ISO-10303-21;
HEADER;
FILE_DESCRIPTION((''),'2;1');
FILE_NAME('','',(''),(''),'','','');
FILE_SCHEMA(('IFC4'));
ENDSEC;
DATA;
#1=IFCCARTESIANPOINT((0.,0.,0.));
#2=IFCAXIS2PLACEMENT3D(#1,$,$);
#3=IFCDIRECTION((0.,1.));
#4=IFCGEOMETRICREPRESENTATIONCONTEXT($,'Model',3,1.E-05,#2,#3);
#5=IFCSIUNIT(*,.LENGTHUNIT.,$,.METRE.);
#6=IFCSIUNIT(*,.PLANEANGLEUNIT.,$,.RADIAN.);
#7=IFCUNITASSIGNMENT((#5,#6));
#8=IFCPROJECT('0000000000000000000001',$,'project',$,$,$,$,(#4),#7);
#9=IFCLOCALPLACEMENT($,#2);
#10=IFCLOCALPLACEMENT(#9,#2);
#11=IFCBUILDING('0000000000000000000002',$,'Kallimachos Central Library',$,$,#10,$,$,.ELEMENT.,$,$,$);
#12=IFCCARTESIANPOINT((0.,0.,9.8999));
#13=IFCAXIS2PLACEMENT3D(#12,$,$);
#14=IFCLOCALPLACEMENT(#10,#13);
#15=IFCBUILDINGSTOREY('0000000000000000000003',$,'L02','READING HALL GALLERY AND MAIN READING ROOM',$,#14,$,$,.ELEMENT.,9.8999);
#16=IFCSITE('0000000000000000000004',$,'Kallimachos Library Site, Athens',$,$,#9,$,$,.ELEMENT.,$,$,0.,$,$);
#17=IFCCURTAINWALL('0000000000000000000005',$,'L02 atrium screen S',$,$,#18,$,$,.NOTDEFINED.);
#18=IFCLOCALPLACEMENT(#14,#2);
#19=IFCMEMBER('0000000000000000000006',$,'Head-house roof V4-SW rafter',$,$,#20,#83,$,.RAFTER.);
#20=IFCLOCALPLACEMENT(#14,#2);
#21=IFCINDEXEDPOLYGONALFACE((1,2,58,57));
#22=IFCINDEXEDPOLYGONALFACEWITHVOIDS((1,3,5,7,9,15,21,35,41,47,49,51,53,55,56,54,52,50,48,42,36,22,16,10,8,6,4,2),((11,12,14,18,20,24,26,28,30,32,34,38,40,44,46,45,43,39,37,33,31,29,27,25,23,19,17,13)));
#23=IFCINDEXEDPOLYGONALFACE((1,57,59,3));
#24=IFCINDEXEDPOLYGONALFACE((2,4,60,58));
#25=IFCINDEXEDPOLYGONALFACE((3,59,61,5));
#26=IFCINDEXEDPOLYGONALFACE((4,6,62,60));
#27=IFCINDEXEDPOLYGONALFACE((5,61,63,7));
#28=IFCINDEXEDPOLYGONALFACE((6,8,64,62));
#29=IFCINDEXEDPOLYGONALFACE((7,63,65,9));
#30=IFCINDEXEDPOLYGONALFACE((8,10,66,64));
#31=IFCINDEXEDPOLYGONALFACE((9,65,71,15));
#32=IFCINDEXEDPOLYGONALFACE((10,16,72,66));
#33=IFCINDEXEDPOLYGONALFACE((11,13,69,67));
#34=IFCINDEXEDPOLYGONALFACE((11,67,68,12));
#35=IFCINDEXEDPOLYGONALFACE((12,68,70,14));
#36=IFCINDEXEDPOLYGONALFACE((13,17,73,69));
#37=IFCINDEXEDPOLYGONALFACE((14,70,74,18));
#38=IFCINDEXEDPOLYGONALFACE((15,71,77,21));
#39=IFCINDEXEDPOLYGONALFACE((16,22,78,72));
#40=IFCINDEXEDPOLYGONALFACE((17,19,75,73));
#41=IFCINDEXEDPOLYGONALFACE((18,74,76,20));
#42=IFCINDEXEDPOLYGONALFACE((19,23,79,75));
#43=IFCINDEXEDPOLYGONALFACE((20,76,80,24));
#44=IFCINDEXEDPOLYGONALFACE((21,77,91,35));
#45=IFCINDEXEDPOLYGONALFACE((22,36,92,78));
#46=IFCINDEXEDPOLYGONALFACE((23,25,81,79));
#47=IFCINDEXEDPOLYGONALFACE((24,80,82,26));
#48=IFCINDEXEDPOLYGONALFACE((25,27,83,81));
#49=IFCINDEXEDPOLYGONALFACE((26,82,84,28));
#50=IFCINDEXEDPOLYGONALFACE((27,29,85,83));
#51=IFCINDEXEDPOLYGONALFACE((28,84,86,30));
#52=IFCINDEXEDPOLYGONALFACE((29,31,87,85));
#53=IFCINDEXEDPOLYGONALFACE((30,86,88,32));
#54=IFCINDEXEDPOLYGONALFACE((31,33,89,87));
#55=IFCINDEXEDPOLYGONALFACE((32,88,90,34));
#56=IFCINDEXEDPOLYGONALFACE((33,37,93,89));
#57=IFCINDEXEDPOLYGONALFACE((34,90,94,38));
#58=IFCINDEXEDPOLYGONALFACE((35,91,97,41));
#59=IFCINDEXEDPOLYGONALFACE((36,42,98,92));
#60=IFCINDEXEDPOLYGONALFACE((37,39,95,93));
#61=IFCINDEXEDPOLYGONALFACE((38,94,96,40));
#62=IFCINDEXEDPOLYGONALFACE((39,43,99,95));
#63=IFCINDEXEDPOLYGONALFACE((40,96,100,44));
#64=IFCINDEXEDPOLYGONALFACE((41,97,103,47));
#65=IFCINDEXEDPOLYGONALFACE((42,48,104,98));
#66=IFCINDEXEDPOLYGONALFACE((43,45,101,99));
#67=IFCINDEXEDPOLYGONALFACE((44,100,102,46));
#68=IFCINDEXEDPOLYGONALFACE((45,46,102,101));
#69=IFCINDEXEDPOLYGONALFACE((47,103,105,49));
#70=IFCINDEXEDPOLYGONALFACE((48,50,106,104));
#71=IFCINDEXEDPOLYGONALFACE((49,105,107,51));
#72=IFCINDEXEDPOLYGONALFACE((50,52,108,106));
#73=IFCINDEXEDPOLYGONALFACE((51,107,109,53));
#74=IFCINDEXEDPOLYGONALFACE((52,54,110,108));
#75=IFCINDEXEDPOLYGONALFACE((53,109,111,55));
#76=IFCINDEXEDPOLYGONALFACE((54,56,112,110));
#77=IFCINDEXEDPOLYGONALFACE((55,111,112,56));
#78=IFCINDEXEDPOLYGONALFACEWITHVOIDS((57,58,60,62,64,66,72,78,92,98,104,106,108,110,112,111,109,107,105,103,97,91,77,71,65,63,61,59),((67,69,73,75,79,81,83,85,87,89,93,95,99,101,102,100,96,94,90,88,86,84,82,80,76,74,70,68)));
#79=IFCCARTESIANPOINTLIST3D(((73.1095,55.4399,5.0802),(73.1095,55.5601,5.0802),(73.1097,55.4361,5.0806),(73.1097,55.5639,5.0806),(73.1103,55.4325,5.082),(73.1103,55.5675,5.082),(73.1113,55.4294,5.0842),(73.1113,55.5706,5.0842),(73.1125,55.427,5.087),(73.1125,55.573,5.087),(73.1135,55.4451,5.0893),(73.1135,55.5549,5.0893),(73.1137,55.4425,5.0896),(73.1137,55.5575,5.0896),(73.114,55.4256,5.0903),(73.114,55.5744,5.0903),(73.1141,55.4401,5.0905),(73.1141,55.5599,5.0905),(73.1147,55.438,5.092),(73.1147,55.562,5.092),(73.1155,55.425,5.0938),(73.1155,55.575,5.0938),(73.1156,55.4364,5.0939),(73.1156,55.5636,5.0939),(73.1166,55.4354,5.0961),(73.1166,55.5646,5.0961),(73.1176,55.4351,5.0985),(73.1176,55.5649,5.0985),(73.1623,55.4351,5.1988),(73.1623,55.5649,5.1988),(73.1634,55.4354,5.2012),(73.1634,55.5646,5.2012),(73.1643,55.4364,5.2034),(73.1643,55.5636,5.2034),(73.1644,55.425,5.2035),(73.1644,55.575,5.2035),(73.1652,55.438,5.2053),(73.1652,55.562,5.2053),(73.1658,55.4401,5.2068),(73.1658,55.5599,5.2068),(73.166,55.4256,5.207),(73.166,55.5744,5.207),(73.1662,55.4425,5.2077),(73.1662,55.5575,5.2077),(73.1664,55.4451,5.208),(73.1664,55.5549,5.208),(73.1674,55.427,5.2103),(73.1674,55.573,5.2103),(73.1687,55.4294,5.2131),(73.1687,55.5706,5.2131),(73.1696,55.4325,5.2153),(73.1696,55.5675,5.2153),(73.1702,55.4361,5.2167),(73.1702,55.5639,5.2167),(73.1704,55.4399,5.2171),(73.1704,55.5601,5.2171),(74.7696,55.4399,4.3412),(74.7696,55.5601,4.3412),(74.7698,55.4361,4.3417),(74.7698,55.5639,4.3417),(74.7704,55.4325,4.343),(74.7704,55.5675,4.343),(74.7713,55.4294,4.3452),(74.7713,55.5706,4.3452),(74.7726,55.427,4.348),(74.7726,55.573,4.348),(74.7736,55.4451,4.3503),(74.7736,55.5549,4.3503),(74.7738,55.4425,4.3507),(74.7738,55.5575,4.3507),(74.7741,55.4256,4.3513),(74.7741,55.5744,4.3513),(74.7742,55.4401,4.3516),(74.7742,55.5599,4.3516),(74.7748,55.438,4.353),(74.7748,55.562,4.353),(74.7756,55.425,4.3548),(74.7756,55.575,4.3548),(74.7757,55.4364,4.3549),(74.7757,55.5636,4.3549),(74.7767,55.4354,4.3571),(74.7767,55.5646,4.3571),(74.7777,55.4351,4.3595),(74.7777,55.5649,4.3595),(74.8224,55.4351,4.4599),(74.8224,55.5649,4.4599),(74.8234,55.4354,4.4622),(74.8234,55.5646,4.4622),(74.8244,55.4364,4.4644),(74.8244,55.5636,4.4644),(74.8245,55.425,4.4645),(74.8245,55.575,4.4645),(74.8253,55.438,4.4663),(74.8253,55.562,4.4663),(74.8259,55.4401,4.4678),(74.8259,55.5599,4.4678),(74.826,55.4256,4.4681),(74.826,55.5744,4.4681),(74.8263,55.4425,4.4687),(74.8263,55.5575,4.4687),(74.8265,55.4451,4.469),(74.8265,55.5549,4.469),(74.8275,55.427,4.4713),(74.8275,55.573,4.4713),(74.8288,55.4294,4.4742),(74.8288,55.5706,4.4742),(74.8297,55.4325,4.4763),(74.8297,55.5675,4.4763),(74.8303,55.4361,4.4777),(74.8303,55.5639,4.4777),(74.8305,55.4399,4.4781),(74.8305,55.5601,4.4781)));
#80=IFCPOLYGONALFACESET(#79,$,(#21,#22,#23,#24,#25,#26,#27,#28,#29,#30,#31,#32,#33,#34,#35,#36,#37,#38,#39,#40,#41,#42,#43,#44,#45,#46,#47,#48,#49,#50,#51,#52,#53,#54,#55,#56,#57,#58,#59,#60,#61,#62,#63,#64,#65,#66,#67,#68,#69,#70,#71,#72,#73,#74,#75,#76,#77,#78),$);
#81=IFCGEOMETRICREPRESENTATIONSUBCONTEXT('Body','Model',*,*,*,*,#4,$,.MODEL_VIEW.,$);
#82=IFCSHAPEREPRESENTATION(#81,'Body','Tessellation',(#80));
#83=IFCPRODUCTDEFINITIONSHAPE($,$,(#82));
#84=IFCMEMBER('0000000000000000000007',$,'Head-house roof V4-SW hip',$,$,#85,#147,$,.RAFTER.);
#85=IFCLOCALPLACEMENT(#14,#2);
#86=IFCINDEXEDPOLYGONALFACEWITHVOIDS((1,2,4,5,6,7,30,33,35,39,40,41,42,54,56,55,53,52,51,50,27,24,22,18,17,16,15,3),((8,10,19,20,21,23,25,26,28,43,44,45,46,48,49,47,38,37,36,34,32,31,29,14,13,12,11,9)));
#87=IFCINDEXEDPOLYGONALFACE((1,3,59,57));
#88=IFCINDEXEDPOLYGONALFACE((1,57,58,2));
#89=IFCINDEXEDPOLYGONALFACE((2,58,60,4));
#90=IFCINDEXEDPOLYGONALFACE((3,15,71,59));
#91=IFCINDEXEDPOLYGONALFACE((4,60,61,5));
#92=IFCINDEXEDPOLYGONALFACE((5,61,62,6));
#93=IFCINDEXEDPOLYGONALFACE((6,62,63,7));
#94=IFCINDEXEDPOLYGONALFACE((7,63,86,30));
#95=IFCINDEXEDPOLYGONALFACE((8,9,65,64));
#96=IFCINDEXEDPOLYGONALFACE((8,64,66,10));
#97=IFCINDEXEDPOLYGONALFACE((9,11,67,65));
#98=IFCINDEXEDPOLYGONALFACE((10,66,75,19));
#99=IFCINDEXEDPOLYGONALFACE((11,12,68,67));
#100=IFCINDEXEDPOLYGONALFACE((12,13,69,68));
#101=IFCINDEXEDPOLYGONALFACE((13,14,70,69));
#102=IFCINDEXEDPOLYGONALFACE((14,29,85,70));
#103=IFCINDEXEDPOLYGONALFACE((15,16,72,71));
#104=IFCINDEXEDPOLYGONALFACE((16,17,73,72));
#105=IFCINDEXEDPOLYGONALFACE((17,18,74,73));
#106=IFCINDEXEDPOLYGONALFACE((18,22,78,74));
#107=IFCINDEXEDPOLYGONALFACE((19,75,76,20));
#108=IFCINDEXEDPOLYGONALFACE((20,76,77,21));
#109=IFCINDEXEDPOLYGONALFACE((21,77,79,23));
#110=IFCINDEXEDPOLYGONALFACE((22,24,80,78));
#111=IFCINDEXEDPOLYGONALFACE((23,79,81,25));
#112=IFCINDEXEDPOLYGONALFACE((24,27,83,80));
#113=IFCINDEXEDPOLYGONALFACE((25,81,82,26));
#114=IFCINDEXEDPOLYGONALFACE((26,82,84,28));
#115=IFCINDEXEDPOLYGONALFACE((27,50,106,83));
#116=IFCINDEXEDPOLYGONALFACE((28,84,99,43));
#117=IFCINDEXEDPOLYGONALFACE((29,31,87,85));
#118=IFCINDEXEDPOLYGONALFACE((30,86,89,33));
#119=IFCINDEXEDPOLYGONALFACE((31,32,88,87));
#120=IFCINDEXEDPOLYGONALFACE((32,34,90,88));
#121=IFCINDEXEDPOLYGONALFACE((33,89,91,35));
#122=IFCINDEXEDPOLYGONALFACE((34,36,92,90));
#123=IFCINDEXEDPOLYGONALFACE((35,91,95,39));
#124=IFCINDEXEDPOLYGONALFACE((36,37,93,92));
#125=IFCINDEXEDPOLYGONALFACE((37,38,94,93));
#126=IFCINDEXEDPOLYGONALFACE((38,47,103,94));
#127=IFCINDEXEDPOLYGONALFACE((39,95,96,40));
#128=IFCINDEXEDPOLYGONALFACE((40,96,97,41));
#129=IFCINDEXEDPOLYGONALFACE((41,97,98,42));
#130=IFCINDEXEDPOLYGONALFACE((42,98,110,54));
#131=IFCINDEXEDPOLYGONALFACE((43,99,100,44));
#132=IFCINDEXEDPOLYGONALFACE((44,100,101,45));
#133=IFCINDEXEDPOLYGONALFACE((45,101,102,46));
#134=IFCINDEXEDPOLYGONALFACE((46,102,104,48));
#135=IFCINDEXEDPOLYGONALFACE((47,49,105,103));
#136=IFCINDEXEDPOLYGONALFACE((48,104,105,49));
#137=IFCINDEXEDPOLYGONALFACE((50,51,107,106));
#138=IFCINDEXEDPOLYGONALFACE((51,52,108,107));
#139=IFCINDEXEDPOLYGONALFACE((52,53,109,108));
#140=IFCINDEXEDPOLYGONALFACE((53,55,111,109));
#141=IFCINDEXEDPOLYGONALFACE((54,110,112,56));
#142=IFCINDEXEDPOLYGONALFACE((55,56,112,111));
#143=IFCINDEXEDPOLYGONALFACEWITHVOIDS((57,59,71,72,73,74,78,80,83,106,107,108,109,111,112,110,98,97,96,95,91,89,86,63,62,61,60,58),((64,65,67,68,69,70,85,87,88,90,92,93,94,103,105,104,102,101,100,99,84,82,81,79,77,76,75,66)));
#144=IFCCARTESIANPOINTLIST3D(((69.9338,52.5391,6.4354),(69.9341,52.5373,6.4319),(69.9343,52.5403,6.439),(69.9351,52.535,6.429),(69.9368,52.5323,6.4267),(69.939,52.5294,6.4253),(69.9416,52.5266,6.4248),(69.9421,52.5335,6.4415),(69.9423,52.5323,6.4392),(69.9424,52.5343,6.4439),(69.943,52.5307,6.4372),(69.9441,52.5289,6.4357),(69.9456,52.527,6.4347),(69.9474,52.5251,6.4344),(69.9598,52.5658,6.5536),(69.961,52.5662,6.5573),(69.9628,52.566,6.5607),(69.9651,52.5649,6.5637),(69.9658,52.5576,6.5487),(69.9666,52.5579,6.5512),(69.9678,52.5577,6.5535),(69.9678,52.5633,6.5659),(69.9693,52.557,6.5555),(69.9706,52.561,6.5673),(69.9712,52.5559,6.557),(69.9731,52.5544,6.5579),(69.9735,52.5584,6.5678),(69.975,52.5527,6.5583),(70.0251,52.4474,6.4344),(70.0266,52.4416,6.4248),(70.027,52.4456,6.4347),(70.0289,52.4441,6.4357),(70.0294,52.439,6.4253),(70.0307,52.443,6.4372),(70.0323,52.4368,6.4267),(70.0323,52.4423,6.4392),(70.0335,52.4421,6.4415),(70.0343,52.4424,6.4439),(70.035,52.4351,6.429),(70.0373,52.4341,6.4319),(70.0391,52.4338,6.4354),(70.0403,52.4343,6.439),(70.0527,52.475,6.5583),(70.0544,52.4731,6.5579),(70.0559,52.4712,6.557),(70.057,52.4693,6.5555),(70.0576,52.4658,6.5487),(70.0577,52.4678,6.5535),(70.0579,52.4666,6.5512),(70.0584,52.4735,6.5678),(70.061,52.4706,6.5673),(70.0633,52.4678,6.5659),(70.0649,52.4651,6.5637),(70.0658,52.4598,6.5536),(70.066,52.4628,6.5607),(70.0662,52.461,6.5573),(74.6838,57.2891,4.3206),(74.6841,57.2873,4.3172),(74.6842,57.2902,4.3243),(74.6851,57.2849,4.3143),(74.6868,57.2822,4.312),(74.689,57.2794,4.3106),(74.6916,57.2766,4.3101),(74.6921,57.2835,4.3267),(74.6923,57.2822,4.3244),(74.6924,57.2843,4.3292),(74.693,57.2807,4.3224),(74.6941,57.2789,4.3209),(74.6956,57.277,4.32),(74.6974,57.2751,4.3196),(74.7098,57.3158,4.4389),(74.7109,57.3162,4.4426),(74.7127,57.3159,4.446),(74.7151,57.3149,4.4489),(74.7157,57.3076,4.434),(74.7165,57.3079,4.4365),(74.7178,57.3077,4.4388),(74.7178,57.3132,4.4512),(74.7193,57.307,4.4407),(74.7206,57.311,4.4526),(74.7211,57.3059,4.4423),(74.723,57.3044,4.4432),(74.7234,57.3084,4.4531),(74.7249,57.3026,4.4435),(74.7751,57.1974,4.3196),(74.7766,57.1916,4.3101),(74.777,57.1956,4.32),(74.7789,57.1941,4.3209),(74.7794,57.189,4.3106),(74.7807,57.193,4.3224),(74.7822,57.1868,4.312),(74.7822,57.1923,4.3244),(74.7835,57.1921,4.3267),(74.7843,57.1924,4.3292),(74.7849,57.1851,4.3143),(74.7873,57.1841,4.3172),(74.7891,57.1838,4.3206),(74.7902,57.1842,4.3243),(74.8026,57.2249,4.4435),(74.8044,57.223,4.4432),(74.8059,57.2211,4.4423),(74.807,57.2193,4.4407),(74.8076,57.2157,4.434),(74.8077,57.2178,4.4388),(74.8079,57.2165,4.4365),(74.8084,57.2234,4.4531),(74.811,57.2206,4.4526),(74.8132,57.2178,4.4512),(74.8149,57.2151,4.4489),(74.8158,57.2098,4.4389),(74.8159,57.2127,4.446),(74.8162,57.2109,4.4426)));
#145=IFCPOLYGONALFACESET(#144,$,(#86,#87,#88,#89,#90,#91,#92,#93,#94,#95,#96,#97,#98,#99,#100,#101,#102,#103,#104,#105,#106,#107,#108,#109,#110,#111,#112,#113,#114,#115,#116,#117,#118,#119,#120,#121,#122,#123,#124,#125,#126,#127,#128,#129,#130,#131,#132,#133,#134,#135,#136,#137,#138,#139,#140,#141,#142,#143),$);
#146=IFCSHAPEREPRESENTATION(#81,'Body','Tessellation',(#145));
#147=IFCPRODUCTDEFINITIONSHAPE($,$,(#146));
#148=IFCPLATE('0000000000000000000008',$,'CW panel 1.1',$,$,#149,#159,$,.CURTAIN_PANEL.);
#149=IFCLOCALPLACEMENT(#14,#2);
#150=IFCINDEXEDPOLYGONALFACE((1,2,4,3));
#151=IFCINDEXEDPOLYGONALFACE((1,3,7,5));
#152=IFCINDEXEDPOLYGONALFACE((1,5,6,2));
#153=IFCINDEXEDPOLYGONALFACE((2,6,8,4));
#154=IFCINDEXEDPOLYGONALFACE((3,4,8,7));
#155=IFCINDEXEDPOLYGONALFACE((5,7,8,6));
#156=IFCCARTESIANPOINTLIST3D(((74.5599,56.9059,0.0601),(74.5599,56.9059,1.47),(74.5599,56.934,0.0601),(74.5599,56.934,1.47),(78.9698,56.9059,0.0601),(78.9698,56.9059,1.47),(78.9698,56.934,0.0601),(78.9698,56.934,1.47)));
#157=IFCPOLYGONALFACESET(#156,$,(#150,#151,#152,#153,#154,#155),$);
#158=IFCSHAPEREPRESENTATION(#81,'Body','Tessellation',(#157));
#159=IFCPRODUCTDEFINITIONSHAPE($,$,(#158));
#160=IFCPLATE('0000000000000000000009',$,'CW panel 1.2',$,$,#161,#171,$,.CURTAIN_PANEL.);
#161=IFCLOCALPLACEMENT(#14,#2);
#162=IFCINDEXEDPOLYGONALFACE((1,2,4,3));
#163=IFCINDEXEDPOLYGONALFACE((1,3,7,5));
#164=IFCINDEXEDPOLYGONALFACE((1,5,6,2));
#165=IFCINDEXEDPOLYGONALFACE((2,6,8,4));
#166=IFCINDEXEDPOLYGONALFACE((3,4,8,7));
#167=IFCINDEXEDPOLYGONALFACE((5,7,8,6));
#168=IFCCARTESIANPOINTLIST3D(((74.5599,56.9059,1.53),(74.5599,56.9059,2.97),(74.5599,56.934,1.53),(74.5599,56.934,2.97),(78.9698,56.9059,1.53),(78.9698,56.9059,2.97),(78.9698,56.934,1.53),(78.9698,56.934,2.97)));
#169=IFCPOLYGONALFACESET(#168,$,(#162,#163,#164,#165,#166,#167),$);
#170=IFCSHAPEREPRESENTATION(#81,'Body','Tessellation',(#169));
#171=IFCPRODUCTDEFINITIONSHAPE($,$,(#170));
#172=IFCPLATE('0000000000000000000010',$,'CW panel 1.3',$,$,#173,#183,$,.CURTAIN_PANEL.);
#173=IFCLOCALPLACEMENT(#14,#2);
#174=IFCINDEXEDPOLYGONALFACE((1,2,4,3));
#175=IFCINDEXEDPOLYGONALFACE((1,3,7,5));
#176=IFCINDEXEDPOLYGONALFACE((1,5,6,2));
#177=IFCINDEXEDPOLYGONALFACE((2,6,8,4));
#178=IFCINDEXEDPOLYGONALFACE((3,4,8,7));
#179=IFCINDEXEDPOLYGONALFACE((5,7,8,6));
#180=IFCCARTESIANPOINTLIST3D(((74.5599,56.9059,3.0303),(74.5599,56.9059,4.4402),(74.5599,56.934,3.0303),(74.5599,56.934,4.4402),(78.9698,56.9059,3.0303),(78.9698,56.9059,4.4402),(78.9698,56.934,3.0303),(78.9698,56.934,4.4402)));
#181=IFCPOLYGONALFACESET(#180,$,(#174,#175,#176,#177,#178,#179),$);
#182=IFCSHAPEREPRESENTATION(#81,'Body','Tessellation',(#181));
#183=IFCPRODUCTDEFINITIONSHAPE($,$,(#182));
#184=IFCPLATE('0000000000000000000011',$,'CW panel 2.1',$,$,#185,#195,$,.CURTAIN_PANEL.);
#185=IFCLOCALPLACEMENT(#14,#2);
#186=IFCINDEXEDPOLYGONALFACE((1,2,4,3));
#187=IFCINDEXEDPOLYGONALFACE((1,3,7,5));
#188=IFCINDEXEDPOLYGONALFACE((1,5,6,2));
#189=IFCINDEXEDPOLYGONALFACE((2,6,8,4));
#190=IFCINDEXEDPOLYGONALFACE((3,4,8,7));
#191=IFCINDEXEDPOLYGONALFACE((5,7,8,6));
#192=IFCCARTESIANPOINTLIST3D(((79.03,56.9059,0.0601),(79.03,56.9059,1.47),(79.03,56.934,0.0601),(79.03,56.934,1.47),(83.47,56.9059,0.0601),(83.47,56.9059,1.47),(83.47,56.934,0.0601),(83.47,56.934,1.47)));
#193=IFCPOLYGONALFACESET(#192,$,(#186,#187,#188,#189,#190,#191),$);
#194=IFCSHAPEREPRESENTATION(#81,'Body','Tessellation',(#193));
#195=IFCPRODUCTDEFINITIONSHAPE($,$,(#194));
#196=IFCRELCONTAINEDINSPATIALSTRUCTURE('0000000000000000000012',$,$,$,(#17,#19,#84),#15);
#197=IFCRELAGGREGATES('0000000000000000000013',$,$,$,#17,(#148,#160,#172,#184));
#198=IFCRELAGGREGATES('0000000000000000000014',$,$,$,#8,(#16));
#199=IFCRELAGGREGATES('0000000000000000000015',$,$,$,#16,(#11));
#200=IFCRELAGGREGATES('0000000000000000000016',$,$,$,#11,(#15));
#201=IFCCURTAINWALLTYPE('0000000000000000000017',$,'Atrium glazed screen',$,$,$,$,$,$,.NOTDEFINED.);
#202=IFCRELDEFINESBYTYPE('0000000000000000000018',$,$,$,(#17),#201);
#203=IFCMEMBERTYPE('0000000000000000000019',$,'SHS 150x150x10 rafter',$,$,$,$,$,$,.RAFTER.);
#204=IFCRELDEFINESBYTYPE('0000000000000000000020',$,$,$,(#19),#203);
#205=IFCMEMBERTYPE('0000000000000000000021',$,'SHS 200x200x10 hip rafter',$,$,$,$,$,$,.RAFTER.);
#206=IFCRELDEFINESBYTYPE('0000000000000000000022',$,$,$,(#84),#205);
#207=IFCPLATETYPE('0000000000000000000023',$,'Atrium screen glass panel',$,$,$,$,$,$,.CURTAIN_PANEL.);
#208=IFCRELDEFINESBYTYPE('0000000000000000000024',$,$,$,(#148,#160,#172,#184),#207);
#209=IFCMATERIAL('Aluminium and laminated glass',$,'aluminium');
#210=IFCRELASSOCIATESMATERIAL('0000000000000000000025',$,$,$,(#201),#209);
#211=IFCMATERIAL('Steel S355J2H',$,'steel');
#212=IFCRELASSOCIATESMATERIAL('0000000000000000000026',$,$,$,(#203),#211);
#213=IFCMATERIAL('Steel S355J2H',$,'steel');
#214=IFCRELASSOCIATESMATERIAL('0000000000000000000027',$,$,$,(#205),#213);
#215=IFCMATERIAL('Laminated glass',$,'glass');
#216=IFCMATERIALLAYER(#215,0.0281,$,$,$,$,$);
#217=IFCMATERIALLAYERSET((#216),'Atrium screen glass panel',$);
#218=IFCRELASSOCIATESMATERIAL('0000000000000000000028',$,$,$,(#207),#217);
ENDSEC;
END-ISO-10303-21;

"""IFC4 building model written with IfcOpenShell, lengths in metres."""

from ifc_helpers import new_model, si_unit, direction, frame, origin, origin_2d, place, context, subcontext, project, spatial, rectangle, hollow_rectangle, extrude, material, layer, layer_set, material_profile, profile_set, type_object, element, aggregate, save


model = new_model("IFC4")

# Units and contexts
model_context = context("Model", 3, precision=1e-05, world=origin(), true_north=direction((0.0, 1.0)))
body_context = subcontext(model_context, "Body", "Model", "MODEL_VIEW")
ifc_project = project(units=[si_unit("LENGTHUNIT", "METRE"), si_unit("PLANEANGLEUNIT", "RADIAN")], contexts=[model_context])

# Site, building, storey
site_placement = place(None, origin())
site = spatial("IfcSite", under=ifc_project, at=site_placement, Name="Kallimachos Library Site, Athens", CompositionType="ELEMENT", RefElevation=0.0)
building_placement = place(site_placement, origin())
building = spatial("IfcBuilding", under=site, at=building_placement, Name="Kallimachos Central Library", CompositionType="ELEMENT")
storey_placement = place(building_placement, frame((0.0, 0.0, 9.8999)))
storey = spatial("IfcBuildingStorey", under=building, at=storey_placement, Name="L02", Description="READING HALL GALLERY AND MAIN READING ROOM", CompositionType="ELEMENT", Elevation=9.8999)

# Curtain wall
ifc_material_1 = material(Name="Aluminium and laminated glass", Category="aluminium")
curtain_wall_type = type_object("IfcCurtainWallType", Name="Atrium glazed screen", PredefinedType="NOTDEFINED", material=ifc_material_1)
curtain_wall_placement = place(storey_placement, origin())
curtain_wall = element("IfcCurtainWall", 1, at=curtain_wall_placement, inside=storey, type_object=curtain_wall_type, Name="L02 atrium screen S", PredefinedType="NOTDEFINED")

# Members
ifc_material_2 = material(Name="Steel S355J2H", Category="steel")
ifc_material_profile_1 = material_profile(ifc_material_2, hollow_rectangle(XDim=0.1499, YDim=0.1499, WallThickness=0.01, InnerFilletRadius=0.01, OuterFilletRadius=0.0149, at=origin_2d()), Name="SHS 150x150x10")
ifc_profile_set_1 = profile_set([ifc_material_profile_1], Name="Steel S355J2H")
member_type_1 = type_object("IfcMemberType", Name="SHS 150x150x10 rafter", PredefinedType="RAFTER", material=ifc_profile_set_1)
member_1_placement = place(storey_placement, frame((74.8, 55.5, 4.4097), z_axis=(-0.913573, 0.0, 0.406674), x_axis=(0.0, -1.0, 0.0)))
element("IfcMember", 2, at=member_1_placement, inside=storey, type_object=member_type_1, Name="Head-house roof V4-SW rafter", PredefinedType="RAFTER", context=body_context, shape_type="SweptSolid", body=[
    extrude(hollow_rectangle(XDim=0.1499, YDim=0.1499, WallThickness=0.01, InnerFilletRadius=0.01, OuterFilletRadius=0.0149, at=origin_2d()), origin(), (0.0, 0.0, 1.0), 1.8171),
])
ifc_material_3 = material(Name="Steel S355J2H", Category="steel")
ifc_material_profile_2 = material_profile(ifc_material_3, hollow_rectangle(XDim=0.1499, YDim=0.1499, WallThickness=0.01, InnerFilletRadius=0.01, OuterFilletRadius=0.0149, at=origin_2d()), Name="SHS 150x150x10")
ifc_profile_set_2 = profile_set([ifc_material_profile_2], Name="Steel S355J2H")
member_type_2 = type_object("IfcMemberType", Name="SHS 200x200x10 hip rafter", PredefinedType="RAFTER", material=ifc_profile_set_2)
member_2_placement = place(storey_placement, frame((74.75, 57.25, 4.3816), z_axis=(-0.674474, -0.674474, 0.300282), x_axis=(0.707107, -0.707107, 0.0)))
element("IfcMember", 3, at=member_2_placement, inside=storey, type_object=member_type_2, Name="Head-house roof V4-SW hip", PredefinedType="RAFTER", context=body_context, shape_type="SweptSolid", body=[
    extrude(hollow_rectangle(XDim=0.1499, YDim=0.1499, WallThickness=0.01, InnerFilletRadius=0.01, OuterFilletRadius=0.0149, at=origin_2d()), origin(), (0.0, 0.0, 1.0), 7.0425),
])

# Plates
ifc_material_4 = material(Name="Laminated glass", Category="glass")
ifc_layer_1 = layer(ifc_material_4, 0.0281)
ifc_layer_set_1 = layer_set([ifc_layer_1], Name="Atrium screen glass panel")
plate_type = type_object("IfcPlateType", Name="Atrium screen glass panel", PredefinedType="CURTAIN_PANEL", material=ifc_layer_set_1)
plate_1_placement = place(storey_placement, frame((76.7649, 56.9199, 0.0601), z_axis=(0.0, 0.0, 1.0), x_axis=(1.0, 0.0, 0.0)))
plate_1 = element("IfcPlate", 4, at=plate_1_placement, type_object=plate_type, Name="CW panel 1.1", PredefinedType="CURTAIN_PANEL", context=body_context, shape_type="SweptSolid", body=[
    extrude(rectangle(XDim=4.4099, YDim=0.0281, at=origin_2d()), origin(), (0.0, 0.0, 1.0), 1.4099),
])
plate_2_placement = place(storey_placement, frame((76.7649, 56.9199, 1.53), z_axis=(0.0, 0.0, 1.0), x_axis=(1.0, 0.0, 0.0)))
plate_2 = element("IfcPlate", 5, at=plate_2_placement, type_object=plate_type, Name="CW panel 1.2", PredefinedType="CURTAIN_PANEL", context=body_context, shape_type="SweptSolid", body=[
    extrude(rectangle(XDim=4.4099, YDim=0.0281, at=origin_2d()), origin(), (0.0, 0.0, 1.0), 1.4399),
])
plate_3_placement = place(storey_placement, frame((76.7649, 56.9199, 3.0303), z_axis=(0.0, 0.0, 1.0), x_axis=(1.0, 0.0, 0.0)))
plate_3 = element("IfcPlate", 6, at=plate_3_placement, type_object=plate_type, Name="CW panel 1.3", PredefinedType="CURTAIN_PANEL", context=body_context, shape_type="SweptSolid", body=[
    extrude(rectangle(XDim=4.4099, YDim=0.0281, at=origin_2d()), origin(), (0.0, 0.0, 1.0), 1.4099),
])
plate_4_placement = place(storey_placement, frame((81.25, 56.9199, 0.0601), z_axis=(0.0, 0.0, 1.0), x_axis=(1.0, 0.0, 0.0)))
plate_4 = element("IfcPlate", 7, at=plate_4_placement, type_object=plate_type, Name="CW panel 2.1", PredefinedType="CURTAIN_PANEL", context=body_context, shape_type="SweptSolid", body=[
    extrude(rectangle(XDim=4.4399, YDim=0.0281, at=origin_2d()), origin(), (0.0, 0.0, 1.0), 1.4099),
])
aggregate(curtain_wall, [plate_1, plate_2, plate_3, plate_4])

save(model, "model.ifc")
